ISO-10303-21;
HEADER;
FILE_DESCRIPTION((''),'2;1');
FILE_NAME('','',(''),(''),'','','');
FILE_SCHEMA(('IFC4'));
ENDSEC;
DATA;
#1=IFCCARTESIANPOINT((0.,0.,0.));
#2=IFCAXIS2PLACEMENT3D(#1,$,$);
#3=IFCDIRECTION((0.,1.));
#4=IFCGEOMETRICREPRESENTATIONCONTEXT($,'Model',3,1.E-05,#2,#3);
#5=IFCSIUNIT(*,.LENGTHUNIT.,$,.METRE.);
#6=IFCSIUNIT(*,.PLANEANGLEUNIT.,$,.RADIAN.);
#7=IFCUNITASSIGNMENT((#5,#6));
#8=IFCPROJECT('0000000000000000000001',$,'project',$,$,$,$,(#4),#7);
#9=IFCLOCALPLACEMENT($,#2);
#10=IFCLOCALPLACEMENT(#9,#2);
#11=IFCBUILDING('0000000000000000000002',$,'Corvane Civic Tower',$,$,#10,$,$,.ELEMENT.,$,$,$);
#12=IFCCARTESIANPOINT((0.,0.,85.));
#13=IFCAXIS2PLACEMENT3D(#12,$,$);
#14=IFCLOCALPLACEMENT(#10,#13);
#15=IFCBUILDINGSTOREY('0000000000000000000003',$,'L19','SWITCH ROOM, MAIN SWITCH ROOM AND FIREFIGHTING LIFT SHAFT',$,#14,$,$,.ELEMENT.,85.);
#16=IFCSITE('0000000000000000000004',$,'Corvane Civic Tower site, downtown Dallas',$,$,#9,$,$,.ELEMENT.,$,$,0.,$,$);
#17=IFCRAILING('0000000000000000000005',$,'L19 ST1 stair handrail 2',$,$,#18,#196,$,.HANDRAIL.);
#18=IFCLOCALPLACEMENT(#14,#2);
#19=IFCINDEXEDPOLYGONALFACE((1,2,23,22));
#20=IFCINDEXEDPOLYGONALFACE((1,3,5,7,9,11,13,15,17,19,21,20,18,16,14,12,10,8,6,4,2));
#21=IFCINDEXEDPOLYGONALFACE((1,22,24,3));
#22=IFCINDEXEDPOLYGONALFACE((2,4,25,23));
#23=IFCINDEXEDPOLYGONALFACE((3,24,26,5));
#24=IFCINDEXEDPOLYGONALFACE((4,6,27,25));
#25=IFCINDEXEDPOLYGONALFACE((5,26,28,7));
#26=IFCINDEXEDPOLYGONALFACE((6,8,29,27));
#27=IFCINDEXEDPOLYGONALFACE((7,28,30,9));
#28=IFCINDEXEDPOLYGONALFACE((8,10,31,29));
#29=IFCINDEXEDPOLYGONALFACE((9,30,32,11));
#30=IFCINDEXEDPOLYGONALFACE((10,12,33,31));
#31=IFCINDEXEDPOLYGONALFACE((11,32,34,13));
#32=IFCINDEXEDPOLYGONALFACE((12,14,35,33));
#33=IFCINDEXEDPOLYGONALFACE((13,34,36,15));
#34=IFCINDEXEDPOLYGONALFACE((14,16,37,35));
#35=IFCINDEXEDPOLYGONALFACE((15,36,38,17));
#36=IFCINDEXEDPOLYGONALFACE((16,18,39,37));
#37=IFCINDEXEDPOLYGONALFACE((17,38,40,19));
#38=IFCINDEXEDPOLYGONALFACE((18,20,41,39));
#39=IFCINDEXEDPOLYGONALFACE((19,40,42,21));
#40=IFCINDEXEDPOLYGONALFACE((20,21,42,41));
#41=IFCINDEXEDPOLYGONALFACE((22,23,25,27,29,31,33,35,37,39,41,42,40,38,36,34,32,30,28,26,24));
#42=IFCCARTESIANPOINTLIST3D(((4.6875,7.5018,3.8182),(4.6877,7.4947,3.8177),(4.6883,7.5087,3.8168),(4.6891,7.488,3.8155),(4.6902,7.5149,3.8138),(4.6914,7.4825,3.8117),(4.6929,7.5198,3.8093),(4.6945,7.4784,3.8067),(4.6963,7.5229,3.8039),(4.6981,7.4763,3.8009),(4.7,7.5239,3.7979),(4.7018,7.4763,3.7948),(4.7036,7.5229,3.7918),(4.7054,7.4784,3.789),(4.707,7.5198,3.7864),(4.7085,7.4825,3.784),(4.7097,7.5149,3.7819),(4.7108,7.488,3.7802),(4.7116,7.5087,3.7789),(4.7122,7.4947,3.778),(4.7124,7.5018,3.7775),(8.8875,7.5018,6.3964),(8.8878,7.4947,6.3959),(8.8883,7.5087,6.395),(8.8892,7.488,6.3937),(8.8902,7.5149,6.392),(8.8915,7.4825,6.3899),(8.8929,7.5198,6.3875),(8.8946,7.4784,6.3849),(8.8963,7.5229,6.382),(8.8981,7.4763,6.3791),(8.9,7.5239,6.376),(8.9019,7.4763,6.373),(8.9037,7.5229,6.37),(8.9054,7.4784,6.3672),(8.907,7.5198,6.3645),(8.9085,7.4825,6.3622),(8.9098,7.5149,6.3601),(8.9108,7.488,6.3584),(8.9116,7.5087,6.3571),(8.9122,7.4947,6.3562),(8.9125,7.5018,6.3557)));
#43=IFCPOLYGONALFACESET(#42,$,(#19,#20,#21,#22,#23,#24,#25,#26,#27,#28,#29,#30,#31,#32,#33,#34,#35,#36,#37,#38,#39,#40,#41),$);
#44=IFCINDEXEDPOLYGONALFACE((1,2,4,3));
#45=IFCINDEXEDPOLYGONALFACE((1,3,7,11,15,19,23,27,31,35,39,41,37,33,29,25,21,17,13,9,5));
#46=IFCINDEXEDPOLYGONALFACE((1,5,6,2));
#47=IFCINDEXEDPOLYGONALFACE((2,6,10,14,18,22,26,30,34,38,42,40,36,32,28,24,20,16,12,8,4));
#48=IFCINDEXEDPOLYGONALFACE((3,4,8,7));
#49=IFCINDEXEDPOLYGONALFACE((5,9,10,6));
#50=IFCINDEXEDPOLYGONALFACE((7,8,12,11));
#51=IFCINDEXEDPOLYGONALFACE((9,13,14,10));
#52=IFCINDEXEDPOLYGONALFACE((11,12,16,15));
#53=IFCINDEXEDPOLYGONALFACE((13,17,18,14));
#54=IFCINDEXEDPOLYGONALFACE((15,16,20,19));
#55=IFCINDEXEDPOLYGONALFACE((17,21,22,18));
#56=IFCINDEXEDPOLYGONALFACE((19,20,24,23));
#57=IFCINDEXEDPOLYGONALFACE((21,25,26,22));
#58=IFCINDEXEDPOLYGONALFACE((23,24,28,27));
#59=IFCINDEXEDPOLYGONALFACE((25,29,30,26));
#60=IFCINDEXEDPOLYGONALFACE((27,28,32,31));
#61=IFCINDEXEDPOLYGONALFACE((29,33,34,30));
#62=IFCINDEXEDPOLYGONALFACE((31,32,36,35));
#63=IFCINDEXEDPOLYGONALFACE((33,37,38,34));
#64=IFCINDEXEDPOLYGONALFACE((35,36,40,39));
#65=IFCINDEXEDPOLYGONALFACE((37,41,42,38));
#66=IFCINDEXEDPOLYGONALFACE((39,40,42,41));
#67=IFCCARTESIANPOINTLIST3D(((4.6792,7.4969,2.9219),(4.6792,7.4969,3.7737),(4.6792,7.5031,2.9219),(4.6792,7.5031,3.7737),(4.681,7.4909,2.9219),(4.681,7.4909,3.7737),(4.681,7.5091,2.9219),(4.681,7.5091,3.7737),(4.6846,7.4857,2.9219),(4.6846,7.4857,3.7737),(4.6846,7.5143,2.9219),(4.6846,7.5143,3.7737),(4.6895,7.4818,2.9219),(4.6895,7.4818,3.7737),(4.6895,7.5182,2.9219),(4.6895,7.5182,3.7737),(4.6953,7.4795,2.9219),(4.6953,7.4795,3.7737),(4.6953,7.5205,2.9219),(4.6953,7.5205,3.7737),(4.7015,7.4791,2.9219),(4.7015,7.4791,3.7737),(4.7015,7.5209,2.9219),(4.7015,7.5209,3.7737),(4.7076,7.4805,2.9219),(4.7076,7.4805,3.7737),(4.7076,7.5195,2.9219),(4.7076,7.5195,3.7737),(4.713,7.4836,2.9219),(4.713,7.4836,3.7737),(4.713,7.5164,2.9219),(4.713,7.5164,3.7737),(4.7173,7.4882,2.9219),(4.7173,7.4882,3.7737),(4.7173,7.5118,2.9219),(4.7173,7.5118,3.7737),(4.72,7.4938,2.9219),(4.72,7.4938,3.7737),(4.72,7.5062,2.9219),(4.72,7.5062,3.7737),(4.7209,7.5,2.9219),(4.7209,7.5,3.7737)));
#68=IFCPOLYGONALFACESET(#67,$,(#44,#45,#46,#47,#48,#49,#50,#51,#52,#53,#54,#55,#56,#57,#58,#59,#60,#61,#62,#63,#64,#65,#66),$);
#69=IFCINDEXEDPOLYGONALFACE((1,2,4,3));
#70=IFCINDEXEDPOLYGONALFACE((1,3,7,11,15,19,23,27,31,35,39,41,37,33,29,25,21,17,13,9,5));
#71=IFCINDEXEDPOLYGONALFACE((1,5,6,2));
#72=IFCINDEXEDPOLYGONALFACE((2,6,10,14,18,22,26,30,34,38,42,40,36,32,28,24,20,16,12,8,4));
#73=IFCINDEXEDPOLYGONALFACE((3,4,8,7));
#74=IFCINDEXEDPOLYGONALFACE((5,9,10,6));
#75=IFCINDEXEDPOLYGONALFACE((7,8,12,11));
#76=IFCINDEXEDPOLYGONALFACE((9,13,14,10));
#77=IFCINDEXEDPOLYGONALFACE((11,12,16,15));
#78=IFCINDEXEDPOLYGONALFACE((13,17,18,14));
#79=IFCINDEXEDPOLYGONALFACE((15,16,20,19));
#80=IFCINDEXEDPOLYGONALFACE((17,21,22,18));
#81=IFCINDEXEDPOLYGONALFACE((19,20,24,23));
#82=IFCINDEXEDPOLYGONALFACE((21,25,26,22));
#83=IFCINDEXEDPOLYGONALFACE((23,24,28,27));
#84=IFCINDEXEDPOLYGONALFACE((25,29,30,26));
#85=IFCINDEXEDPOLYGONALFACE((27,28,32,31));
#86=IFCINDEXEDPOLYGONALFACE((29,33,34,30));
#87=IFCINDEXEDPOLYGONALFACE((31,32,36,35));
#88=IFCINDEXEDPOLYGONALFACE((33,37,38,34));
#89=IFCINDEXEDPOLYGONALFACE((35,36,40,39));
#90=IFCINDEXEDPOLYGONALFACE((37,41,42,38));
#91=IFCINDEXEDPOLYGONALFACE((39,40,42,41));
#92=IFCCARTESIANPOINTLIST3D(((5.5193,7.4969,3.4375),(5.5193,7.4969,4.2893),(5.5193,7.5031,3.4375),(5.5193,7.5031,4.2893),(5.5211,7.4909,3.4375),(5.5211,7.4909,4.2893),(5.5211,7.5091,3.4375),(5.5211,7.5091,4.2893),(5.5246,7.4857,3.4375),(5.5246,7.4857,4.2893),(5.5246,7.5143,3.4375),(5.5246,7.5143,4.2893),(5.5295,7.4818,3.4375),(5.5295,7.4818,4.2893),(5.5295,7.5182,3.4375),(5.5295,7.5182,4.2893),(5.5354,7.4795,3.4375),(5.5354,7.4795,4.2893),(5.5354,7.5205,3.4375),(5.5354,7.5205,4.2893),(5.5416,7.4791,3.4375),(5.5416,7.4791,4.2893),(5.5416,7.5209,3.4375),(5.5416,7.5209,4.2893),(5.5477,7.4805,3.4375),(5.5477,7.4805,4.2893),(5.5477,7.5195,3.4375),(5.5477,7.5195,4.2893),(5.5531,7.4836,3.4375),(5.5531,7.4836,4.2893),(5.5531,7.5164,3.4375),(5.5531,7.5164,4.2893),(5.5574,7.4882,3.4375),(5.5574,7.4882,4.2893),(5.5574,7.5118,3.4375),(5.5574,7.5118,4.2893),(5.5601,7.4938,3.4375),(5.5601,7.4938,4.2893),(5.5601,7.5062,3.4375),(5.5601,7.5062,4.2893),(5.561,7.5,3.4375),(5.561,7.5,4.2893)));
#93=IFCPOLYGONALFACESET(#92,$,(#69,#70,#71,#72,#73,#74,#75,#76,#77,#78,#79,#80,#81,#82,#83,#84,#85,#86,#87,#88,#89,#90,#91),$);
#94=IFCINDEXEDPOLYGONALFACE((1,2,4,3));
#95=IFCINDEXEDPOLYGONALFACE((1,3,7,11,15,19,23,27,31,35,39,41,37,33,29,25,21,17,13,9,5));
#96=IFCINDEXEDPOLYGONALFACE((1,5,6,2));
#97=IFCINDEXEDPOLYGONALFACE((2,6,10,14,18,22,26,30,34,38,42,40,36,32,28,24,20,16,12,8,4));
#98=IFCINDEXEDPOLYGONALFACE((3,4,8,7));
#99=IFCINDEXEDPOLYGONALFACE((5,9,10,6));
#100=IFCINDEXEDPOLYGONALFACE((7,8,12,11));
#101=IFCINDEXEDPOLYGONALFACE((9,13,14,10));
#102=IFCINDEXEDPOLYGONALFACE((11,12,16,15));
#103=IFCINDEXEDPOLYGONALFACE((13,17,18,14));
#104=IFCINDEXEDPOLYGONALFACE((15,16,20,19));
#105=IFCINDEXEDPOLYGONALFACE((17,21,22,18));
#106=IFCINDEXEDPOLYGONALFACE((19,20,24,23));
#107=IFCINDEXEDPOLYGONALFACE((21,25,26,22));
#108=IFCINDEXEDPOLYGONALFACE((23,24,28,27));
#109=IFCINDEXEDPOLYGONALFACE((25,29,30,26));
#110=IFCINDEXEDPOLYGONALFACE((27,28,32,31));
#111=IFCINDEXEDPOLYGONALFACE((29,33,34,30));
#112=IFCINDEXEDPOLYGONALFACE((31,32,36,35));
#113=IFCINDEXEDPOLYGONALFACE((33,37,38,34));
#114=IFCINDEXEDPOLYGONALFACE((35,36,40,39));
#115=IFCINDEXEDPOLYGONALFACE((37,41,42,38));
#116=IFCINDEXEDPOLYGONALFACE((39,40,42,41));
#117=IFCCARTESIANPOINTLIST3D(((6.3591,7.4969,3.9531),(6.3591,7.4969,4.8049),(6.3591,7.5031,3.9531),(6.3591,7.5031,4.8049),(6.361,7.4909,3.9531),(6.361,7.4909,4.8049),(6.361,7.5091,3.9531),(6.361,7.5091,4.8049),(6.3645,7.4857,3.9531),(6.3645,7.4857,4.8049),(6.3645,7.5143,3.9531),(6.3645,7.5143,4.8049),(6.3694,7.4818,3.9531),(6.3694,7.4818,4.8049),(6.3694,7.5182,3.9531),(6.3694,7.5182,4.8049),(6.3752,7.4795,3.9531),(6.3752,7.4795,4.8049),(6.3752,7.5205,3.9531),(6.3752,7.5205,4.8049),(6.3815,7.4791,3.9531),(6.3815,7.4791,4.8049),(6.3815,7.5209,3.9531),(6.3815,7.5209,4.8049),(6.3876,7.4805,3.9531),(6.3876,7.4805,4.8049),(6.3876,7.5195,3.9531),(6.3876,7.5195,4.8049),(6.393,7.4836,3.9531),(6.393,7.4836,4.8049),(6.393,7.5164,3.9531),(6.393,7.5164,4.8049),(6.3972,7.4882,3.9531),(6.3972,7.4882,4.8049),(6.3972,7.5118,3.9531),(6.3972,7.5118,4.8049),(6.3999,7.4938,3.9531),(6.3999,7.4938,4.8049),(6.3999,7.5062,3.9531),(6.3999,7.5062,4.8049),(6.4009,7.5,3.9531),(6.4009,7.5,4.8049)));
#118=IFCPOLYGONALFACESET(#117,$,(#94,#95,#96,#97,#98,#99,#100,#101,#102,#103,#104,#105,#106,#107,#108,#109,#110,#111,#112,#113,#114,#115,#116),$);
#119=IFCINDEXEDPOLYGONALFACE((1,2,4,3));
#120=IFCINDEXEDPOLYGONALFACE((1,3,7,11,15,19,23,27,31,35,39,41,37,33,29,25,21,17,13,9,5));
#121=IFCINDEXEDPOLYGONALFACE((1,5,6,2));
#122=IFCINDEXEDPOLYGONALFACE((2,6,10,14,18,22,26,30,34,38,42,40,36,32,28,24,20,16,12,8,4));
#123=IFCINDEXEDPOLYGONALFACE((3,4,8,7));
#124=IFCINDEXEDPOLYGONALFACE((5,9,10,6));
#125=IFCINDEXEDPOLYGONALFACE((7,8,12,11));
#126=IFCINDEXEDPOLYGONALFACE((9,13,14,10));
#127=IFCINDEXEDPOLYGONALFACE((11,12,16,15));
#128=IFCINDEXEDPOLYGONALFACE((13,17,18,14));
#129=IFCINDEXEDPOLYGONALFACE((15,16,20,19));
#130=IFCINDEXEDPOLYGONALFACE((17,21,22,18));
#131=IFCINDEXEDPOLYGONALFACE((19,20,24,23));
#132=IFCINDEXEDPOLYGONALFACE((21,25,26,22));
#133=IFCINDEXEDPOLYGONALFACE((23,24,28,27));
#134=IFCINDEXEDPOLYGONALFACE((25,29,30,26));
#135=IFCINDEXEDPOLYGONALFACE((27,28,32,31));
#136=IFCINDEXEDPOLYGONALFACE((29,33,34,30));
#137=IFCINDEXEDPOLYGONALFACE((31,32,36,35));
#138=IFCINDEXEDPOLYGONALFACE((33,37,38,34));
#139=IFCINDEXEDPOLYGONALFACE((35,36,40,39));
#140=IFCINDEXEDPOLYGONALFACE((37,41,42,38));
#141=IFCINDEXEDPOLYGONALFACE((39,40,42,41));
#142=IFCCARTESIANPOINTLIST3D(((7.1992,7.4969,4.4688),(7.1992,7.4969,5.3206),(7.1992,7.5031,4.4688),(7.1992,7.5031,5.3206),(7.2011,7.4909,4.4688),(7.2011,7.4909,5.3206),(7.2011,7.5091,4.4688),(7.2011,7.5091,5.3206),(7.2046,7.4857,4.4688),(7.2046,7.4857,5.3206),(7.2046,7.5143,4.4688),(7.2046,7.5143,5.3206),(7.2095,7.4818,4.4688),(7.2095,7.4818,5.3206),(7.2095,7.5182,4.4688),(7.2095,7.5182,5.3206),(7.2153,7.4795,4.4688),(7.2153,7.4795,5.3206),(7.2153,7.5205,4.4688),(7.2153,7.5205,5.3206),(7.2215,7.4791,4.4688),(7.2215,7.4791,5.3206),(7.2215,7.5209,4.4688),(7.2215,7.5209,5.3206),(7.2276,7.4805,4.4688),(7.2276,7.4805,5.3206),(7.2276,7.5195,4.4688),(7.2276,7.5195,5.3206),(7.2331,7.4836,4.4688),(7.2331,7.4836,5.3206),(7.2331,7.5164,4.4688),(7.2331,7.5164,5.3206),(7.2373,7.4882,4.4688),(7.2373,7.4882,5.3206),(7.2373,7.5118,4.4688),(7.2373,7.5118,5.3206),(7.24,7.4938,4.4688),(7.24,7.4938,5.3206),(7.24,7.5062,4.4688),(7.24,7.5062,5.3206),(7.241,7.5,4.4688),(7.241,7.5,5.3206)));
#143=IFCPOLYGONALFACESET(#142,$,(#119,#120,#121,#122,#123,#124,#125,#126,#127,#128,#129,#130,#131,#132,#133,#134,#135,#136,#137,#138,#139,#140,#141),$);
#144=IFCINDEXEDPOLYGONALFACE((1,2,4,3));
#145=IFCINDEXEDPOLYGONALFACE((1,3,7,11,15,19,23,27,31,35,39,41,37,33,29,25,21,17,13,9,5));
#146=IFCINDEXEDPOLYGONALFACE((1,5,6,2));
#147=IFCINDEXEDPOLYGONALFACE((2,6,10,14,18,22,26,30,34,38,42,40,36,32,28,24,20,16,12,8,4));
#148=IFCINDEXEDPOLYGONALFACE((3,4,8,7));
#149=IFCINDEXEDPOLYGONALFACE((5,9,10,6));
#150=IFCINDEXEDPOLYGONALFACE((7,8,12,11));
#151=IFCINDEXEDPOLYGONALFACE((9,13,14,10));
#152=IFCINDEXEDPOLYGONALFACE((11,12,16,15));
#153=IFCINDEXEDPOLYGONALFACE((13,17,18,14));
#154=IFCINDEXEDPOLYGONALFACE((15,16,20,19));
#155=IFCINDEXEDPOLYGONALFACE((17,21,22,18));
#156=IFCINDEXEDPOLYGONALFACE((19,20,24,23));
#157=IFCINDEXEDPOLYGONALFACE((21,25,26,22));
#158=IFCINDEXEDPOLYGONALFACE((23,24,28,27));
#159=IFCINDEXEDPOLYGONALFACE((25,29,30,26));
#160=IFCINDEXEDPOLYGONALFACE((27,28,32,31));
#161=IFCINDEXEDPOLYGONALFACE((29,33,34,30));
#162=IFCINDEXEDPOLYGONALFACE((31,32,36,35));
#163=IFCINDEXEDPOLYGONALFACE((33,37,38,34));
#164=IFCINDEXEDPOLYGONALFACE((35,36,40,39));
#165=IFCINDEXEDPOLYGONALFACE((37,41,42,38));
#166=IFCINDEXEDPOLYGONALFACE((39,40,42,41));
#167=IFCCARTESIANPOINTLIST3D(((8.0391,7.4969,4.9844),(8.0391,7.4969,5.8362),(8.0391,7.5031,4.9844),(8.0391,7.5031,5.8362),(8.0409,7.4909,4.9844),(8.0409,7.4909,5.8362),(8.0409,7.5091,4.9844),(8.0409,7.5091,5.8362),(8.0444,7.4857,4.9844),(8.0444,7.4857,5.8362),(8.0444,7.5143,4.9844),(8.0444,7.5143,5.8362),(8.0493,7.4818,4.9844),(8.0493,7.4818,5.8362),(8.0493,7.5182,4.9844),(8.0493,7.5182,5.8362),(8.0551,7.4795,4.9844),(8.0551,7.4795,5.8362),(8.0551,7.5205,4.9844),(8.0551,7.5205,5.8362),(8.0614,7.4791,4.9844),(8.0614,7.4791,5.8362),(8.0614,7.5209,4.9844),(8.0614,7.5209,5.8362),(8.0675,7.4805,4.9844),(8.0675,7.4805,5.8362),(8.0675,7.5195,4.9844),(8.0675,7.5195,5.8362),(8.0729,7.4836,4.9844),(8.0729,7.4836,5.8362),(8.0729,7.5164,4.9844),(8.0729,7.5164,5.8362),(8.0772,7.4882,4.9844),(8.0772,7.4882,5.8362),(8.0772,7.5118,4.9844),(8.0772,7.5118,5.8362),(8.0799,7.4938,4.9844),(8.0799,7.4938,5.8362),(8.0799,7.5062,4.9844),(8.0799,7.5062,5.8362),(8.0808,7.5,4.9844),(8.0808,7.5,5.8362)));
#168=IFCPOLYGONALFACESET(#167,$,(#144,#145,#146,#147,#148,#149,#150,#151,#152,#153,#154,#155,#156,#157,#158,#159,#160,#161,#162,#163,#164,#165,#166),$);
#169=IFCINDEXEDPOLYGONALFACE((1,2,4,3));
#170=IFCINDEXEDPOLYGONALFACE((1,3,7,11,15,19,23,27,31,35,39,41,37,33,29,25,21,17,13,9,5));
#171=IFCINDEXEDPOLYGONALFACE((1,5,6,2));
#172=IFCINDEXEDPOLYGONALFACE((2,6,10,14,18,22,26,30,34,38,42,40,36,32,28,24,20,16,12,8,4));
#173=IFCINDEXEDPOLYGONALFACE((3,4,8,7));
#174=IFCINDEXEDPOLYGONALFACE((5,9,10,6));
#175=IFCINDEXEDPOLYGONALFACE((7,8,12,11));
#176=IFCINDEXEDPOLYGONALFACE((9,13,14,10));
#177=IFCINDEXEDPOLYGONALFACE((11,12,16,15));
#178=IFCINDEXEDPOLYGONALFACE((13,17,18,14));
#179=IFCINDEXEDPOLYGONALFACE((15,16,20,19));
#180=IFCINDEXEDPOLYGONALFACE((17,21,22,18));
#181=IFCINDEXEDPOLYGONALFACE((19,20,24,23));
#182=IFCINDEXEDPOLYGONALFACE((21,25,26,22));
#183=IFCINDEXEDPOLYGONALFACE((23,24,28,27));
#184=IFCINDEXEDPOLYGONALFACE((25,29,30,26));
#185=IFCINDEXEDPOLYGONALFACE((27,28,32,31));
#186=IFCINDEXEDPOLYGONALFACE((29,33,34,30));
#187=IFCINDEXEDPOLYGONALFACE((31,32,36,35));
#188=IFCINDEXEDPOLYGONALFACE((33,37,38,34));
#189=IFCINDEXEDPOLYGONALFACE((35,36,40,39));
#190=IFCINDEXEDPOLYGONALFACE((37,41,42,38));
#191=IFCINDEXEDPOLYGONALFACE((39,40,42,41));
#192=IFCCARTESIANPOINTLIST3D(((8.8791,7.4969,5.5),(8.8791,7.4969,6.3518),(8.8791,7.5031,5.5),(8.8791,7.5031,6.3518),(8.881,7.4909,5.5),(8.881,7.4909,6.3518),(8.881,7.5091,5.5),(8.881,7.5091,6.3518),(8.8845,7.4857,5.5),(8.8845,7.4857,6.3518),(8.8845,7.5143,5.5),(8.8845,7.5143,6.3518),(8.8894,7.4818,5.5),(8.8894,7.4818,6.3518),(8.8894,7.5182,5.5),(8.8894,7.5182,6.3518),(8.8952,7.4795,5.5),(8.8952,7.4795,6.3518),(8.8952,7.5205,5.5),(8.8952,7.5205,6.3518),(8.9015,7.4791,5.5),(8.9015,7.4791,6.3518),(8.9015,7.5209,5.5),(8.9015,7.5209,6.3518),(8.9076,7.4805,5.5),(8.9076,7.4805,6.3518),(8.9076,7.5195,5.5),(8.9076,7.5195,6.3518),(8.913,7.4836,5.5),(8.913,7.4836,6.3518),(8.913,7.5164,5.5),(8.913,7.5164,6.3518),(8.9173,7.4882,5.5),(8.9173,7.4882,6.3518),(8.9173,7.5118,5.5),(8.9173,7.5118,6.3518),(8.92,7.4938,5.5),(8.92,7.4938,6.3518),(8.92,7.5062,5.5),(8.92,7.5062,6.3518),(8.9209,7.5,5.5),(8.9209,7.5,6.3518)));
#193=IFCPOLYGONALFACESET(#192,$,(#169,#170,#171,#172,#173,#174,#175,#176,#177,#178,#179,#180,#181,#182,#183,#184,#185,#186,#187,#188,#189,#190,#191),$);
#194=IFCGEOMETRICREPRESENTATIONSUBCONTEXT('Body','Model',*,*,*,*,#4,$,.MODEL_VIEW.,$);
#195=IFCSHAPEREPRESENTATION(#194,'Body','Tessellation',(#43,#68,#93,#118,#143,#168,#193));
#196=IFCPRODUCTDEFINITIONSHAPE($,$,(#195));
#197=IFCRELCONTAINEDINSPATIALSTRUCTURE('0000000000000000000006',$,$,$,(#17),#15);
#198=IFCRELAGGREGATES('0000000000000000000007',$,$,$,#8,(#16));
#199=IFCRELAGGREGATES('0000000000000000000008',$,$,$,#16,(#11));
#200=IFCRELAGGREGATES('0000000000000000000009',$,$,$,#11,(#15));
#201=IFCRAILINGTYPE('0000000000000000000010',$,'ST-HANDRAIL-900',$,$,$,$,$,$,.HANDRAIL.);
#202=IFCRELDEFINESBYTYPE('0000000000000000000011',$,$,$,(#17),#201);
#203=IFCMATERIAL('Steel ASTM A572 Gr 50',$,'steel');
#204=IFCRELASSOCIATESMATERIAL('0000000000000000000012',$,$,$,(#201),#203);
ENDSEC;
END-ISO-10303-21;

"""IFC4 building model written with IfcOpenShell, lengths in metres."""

from ifc_helpers import new_model, si_unit, direction, frame, origin, origin_2d, place, context, subcontext, project, spatial, circle, extrude, material, type_object, element, save


model = new_model("IFC4")

# Units and contexts
model_context = context("Model", 3, precision=1e-05, world=origin(), true_north=direction((0.0, 1.0)))
body_context = subcontext(model_context, "Body", "Model", "MODEL_VIEW")
ifc_project = project(units=[si_unit("LENGTHUNIT", "METRE"), si_unit("PLANEANGLEUNIT", "RADIAN")], contexts=[model_context])

# Site, building, storey
site_placement = place(None, origin())
site = spatial("IfcSite", under=ifc_project, at=site_placement, Name="Corvane Civic Tower site, downtown Dallas", CompositionType="ELEMENT", RefElevation=0.0)
building_placement = place(site_placement, origin())
building = spatial("IfcBuilding", under=site, at=building_placement, Name="Corvane Civic Tower", CompositionType="ELEMENT")
storey_placement = place(building_placement, frame((0.0, 0.0, 85.0)))
storey = spatial("IfcBuildingStorey", under=building, at=storey_placement, Name="L19", Description="SWITCH ROOM, MAIN SWITCH ROOM AND FIREFIGHTING LIFT SHAFT", CompositionType="ELEMENT", Elevation=85.0)

# Railing
ifc_material_1 = material(Name="Steel ASTM A572 Gr 50", Category="steel")
railing_type_1 = type_object("IfcRailingType", Name="ST-HANDRAIL-900", PredefinedType="HANDRAIL", material=ifc_material_1)
railing_1_placement = place(storey_placement, frame((4.7, 7.5, 2.9219)))
element("IfcRailing", 1, at=railing_1_placement, inside=storey, type_object=railing_type_1, Name="L19 ST1 stair handrail 2", PredefinedType="HANDRAIL", context=body_context, shape_type="SweptSolid", body=[
    extrude(circle(Radius=0.0239, at=origin_2d()), frame((0.0, 0.0, 0.876), z_axis=(0.852243, 0.0, 0.523146), x_axis=(0.0, 1.0, 0.0)), (0.0, 0.0, 1.0), 4.9282),
    extrude(circle(Radius=0.021, at=origin_2d()), origin(), (0.0, 0.0, 1.0), 0.8518),
    extrude(circle(Radius=0.021, at=origin_2d()), frame((0.8401, 0.0, 0.5156)), (0.0, 0.0, 1.0), 0.8518),
    extrude(circle(Radius=0.021, at=origin_2d()), frame((1.6799, 0.0, 1.0312)), (0.0, 0.0, 1.0), 0.8518),
    extrude(circle(Radius=0.021, at=origin_2d()), frame((2.52, 0.0, 1.5469)), (0.0, 0.0, 1.0), 0.8518),
    extrude(circle(Radius=0.021, at=origin_2d()), frame((3.3599, 0.0, 2.0625)), (0.0, 0.0, 1.0), 0.8518),
    extrude(circle(Radius=0.021, at=origin_2d()), frame((4.2, 0.0, 2.5781)), (0.0, 0.0, 1.0), 0.8518),
])

save(model, "model.ifc")
